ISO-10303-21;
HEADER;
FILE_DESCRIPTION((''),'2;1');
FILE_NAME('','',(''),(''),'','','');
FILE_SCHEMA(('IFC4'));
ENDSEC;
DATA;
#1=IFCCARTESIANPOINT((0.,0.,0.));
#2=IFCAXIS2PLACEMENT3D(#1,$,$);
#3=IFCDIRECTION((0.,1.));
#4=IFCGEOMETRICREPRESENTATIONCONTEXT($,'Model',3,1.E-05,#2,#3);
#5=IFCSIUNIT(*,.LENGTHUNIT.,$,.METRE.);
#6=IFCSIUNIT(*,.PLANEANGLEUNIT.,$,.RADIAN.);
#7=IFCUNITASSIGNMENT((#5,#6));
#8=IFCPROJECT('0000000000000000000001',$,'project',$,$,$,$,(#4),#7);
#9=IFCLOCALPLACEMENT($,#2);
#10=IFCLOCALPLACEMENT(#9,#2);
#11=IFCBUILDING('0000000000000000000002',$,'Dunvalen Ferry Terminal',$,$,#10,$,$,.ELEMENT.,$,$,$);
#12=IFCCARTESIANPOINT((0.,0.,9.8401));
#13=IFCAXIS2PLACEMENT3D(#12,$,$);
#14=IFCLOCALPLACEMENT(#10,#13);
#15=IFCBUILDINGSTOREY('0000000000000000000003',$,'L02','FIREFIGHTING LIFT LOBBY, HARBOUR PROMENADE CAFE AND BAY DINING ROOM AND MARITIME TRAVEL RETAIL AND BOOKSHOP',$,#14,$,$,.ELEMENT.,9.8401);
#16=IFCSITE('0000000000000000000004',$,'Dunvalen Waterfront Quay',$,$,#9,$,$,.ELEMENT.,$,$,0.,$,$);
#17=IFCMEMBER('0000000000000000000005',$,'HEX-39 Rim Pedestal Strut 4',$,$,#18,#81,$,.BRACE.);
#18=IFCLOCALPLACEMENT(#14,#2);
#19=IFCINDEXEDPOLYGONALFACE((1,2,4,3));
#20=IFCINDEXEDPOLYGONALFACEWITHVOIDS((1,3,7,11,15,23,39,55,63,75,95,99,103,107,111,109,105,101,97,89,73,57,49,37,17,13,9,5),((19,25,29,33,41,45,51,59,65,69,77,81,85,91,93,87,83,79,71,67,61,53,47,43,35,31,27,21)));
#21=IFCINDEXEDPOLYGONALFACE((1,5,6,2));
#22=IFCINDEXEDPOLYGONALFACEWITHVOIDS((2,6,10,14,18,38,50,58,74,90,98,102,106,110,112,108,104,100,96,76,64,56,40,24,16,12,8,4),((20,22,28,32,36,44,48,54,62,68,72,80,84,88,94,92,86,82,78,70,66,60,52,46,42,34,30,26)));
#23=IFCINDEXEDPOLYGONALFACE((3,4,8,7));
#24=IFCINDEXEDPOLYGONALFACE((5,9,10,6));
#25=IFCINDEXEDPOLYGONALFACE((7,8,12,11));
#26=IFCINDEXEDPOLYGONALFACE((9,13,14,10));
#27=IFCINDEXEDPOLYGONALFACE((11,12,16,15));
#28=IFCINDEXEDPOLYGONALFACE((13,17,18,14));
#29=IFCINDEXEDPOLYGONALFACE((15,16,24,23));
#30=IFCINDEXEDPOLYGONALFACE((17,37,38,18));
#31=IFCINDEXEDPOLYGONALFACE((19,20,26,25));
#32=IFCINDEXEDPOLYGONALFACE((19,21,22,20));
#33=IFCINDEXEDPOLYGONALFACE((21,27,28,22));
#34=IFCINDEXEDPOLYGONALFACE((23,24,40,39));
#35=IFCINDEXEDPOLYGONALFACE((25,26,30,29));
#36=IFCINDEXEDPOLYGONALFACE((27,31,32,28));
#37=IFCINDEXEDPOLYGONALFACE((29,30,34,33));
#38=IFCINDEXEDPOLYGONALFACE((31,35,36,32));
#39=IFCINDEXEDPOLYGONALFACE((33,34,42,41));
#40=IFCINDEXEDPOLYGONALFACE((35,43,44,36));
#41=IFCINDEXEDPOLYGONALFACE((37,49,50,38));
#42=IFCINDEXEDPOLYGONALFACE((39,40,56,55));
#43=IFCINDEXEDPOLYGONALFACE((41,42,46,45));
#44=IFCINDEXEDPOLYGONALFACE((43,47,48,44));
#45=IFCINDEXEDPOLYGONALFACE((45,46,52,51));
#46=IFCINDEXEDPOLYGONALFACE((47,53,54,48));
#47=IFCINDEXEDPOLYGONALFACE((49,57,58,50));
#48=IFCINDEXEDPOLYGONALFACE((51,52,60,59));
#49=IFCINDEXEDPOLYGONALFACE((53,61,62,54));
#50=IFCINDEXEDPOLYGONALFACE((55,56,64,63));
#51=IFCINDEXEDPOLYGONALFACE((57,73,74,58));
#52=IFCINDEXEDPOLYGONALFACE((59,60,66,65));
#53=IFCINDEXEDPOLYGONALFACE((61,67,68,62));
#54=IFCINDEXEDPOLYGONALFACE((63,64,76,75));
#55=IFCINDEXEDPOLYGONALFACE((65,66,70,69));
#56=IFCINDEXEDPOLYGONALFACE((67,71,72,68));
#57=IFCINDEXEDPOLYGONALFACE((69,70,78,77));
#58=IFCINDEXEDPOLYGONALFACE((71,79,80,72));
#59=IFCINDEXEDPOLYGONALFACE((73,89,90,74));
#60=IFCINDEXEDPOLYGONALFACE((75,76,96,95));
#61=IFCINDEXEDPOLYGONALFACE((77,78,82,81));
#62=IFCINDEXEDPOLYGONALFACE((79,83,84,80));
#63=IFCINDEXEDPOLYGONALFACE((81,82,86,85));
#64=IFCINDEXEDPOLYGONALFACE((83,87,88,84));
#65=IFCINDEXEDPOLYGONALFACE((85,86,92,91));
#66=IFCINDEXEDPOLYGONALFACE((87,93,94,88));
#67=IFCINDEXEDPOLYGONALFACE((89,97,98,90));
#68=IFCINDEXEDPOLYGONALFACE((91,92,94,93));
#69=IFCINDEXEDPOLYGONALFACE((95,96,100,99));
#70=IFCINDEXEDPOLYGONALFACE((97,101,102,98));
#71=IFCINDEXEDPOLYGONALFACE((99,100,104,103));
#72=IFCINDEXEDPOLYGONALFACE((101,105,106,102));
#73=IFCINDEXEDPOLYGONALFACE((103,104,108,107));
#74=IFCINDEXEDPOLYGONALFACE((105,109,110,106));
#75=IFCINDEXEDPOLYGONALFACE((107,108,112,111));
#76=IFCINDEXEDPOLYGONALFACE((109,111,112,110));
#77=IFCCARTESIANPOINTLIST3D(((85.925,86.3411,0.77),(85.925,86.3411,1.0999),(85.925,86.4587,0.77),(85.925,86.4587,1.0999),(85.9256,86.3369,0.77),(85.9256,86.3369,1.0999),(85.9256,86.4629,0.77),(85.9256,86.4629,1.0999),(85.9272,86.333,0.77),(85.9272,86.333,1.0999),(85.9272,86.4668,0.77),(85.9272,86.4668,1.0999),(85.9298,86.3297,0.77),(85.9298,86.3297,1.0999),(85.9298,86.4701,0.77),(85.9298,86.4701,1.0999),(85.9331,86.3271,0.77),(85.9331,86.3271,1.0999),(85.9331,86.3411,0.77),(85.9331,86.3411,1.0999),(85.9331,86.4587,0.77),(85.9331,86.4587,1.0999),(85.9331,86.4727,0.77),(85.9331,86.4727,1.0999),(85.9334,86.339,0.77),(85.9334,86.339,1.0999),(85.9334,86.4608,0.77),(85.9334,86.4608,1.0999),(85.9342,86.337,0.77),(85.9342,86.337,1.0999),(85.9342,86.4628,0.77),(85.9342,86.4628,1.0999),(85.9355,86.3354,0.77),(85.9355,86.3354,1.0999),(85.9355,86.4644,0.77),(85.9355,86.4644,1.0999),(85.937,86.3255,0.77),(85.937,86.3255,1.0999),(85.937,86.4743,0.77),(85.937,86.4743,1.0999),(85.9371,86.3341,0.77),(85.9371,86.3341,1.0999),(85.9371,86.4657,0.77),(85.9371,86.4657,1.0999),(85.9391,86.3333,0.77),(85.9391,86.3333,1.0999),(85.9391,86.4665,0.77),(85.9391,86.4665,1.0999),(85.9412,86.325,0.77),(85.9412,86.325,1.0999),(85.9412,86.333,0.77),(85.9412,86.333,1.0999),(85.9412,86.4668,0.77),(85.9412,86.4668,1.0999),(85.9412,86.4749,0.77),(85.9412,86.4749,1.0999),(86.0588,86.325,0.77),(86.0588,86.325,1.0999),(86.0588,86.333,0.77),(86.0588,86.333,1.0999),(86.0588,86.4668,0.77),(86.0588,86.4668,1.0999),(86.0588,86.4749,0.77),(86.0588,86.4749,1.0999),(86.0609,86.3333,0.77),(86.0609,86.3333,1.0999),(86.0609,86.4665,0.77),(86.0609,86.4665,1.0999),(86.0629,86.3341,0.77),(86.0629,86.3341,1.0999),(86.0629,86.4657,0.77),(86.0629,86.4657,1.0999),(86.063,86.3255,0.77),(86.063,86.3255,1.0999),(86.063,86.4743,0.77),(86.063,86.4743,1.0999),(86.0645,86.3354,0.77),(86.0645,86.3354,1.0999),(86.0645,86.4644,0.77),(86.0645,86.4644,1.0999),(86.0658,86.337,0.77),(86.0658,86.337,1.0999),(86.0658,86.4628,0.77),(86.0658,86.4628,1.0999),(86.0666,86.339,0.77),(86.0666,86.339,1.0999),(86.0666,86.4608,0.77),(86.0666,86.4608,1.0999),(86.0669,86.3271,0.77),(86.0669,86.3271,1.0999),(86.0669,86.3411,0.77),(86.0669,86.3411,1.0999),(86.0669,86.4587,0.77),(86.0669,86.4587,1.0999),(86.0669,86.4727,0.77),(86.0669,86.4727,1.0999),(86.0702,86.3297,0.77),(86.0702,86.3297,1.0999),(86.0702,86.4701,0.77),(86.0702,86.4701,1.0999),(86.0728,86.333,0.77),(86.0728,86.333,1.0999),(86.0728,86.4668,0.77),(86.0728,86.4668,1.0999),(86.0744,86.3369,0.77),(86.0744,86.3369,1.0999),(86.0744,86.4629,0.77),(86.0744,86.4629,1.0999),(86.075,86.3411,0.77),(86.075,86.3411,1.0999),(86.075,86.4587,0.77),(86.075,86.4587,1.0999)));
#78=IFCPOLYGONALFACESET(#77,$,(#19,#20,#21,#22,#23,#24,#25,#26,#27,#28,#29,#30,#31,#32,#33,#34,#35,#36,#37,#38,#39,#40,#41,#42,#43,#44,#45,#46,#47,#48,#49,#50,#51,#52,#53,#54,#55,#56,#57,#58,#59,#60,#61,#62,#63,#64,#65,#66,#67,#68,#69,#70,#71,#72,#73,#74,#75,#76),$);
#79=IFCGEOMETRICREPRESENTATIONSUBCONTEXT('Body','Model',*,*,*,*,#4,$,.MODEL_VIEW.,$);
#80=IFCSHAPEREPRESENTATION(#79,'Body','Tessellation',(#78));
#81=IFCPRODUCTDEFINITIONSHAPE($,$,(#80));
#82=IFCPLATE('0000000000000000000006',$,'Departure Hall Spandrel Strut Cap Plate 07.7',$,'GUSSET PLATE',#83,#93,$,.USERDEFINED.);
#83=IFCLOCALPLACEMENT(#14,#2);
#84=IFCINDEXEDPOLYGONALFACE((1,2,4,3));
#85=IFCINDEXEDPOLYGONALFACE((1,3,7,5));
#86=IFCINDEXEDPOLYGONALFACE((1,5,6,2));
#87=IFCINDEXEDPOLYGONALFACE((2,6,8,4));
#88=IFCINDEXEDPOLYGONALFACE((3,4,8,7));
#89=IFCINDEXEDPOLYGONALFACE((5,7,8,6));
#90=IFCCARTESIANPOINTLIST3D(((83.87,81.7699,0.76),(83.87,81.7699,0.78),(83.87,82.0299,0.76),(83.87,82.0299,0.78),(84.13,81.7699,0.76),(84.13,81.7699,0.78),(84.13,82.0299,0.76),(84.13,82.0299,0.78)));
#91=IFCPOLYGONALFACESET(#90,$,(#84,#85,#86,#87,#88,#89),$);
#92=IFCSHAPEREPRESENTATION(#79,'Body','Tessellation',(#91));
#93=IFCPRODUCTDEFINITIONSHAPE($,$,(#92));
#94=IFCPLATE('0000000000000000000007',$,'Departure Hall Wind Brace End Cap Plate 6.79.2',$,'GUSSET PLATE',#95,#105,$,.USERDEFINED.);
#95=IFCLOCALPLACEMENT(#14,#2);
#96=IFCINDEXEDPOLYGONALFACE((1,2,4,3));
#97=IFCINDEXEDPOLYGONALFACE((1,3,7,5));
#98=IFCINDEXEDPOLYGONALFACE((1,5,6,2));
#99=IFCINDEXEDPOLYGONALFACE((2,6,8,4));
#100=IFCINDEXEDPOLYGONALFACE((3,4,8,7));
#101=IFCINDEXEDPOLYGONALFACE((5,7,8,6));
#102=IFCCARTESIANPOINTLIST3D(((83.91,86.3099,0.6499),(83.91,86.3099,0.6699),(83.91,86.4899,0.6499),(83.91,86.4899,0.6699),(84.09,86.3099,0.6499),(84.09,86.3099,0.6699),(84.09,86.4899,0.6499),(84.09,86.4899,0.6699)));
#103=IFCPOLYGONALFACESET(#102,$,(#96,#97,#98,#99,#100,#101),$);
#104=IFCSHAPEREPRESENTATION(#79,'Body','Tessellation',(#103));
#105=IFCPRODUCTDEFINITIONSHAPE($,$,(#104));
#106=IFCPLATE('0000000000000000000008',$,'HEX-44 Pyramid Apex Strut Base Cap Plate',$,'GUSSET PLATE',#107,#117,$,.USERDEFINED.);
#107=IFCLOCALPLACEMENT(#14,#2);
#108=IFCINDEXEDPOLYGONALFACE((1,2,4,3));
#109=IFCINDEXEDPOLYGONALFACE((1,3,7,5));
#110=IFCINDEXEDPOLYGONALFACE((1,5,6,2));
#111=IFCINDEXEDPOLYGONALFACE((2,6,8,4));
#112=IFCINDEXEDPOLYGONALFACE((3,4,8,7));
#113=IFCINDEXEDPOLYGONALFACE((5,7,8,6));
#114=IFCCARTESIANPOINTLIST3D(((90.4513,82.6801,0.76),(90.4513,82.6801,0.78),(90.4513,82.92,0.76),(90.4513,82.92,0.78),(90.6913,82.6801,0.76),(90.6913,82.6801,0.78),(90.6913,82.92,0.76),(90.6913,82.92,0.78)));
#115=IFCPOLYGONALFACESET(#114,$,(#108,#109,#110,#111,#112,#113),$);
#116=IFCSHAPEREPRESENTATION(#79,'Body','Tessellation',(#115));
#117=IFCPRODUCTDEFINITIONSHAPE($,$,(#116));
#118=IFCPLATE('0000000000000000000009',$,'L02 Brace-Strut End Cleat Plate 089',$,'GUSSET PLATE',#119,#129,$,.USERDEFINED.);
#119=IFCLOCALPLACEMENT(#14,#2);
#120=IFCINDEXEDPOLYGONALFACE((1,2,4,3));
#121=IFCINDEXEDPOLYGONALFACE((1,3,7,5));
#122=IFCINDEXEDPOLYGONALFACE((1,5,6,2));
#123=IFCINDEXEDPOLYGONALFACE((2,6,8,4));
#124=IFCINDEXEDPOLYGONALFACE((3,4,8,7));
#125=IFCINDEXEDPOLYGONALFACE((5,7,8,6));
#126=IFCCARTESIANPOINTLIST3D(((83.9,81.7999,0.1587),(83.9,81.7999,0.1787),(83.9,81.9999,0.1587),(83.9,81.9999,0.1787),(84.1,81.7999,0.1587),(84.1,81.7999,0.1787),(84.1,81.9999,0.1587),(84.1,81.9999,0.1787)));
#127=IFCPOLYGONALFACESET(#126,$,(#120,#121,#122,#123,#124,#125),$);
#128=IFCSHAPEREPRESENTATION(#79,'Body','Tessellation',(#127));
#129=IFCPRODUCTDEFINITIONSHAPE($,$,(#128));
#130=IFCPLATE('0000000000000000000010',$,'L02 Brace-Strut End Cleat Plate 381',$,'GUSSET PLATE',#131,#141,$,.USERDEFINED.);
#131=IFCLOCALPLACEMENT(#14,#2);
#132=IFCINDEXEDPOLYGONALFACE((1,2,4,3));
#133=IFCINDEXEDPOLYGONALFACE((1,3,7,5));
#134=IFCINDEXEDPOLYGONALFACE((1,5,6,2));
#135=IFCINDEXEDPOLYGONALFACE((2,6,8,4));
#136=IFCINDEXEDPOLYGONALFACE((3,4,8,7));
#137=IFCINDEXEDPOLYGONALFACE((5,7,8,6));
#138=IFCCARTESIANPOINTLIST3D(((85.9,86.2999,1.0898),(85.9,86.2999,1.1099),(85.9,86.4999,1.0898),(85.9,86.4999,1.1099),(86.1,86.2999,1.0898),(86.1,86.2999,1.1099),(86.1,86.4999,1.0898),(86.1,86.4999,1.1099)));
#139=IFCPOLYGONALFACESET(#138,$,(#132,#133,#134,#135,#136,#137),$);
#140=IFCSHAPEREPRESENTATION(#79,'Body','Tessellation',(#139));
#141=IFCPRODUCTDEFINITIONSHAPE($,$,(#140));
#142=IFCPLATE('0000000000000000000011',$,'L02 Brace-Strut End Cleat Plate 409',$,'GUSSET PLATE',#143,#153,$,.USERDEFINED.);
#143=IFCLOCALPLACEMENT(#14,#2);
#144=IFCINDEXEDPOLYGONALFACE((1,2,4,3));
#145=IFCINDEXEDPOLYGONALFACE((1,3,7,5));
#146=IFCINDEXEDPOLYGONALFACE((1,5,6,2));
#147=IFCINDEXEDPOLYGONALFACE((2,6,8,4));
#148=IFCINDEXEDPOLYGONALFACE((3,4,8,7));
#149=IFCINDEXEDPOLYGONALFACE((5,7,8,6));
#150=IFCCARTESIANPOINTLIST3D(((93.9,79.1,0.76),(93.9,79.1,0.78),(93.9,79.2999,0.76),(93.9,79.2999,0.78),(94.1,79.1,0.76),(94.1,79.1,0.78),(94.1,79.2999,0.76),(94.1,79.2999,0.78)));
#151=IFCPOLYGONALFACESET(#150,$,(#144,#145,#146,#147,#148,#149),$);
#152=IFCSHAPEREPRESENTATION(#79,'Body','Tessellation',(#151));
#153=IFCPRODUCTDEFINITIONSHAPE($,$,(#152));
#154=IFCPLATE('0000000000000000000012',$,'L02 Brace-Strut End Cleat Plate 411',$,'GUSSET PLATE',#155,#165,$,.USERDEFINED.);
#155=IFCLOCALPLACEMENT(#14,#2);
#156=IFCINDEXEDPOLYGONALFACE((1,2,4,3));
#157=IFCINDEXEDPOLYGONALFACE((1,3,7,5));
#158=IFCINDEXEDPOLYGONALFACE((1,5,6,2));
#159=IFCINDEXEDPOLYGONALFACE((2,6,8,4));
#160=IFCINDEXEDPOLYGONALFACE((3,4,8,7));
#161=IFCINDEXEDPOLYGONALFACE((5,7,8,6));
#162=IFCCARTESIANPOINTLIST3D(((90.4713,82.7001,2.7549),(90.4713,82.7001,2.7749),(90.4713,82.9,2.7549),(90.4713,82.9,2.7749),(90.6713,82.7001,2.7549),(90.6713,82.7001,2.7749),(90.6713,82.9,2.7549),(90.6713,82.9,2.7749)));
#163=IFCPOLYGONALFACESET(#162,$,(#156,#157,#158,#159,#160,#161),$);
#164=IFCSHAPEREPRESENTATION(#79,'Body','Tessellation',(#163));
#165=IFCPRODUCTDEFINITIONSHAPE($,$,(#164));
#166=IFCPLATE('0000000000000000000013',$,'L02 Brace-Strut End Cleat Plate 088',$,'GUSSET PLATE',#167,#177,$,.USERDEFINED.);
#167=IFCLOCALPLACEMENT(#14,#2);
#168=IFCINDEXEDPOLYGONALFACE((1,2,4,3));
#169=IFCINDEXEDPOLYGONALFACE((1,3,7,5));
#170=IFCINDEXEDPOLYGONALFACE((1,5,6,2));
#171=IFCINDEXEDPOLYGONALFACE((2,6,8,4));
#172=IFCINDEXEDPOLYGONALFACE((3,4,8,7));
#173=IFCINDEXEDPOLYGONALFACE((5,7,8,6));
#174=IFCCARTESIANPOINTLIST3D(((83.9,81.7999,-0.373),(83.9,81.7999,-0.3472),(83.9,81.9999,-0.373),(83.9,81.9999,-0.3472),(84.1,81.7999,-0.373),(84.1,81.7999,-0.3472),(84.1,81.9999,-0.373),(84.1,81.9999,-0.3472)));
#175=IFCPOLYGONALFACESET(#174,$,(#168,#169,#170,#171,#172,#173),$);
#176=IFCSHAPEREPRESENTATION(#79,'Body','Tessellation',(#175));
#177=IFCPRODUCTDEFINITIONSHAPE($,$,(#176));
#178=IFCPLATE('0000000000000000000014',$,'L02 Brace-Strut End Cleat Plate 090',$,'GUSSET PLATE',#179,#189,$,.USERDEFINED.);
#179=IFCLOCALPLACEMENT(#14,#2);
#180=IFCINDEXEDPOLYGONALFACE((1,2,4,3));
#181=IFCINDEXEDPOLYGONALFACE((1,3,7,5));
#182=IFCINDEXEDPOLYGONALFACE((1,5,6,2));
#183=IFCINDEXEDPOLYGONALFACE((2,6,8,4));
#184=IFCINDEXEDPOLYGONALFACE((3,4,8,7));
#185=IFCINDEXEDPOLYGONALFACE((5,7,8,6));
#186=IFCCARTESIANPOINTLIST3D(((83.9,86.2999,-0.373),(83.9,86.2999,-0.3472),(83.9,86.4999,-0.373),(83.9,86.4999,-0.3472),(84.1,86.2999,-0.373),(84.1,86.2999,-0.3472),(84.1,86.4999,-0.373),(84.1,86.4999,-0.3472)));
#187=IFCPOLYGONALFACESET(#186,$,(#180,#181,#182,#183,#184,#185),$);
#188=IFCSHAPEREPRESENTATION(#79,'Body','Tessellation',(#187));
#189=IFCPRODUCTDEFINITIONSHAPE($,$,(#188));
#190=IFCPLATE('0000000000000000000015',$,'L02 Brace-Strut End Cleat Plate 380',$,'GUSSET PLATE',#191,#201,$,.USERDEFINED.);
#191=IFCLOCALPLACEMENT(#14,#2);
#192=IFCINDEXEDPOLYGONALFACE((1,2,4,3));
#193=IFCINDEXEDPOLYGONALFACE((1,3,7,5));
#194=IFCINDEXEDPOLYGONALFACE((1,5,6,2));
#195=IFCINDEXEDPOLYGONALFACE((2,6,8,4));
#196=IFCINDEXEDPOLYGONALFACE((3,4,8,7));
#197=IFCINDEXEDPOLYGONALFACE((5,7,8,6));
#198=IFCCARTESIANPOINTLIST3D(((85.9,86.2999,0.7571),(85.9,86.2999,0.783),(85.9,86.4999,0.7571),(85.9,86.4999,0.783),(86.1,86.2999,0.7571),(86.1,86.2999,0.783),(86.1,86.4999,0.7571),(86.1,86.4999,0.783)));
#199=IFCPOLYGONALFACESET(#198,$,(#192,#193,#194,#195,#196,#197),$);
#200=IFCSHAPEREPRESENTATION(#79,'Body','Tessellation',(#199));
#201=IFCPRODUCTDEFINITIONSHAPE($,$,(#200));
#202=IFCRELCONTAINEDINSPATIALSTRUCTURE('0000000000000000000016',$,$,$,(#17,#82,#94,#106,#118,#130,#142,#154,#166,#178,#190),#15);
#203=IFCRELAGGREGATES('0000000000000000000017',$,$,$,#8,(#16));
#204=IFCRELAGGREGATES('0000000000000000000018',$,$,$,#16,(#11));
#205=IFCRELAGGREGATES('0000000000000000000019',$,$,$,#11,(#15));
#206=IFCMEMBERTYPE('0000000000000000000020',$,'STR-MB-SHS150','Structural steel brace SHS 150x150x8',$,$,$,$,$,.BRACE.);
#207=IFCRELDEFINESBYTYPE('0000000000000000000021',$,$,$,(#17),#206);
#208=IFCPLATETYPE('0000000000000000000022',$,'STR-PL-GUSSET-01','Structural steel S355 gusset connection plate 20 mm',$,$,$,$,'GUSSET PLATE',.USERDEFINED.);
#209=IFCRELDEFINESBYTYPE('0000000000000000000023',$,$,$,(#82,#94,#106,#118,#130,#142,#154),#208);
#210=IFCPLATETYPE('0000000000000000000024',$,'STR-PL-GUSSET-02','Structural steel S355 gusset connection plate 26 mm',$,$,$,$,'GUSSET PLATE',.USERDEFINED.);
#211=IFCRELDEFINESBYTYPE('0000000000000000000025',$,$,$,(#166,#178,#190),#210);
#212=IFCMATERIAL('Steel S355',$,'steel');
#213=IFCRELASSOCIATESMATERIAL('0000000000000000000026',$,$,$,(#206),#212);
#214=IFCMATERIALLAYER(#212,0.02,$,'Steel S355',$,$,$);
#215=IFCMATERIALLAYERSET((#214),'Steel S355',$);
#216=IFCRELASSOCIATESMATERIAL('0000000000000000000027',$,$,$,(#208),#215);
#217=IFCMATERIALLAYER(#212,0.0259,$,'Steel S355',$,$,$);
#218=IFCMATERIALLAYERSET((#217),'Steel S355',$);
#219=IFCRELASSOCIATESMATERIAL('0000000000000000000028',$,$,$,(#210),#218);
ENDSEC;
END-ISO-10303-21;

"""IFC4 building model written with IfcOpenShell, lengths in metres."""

from ifc_helpers import new_model, si_unit, direction, frame, origin, origin_2d, place, context, subcontext, project, spatial, rectangle, hollow_rectangle, extrude, material, layer, layer_set, material_profile, profile_set, type_object, element, save


model = new_model("IFC4")

# Units and contexts
model_context = context("Model", 3, precision=1e-05, world=origin(), true_north=direction((0.0, 1.0)))
body_context = subcontext(model_context, "Body", "Model", "MODEL_VIEW")
ifc_project = project(units=[si_unit("LENGTHUNIT", "METRE"), si_unit("PLANEANGLEUNIT", "RADIAN")], contexts=[model_context])

# Site, building, storey
site_placement = place(None, origin())
site = spatial("IfcSite", under=ifc_project, at=site_placement, Name="Dunvalen Waterfront Quay", CompositionType="ELEMENT", RefElevation=0.0)
building_placement = place(site_placement, origin())
building = spatial("IfcBuilding", under=site, at=building_placement, Name="Dunvalen Ferry Terminal", CompositionType="ELEMENT")
storey_placement = place(building_placement, frame((0.0, 0.0, 9.8401)))
storey = spatial("IfcBuildingStorey", under=building, at=storey_placement, Name="L02", Description="FIREFIGHTING LIFT LOBBY, HARBOUR PROMENADE CAFE AND BAY DINING ROOM AND MARITIME TRAVEL RETAIL AND BOOKSHOP", CompositionType="ELEMENT", Elevation=9.8401)

# Shared definitions
ifc_material_1 = material(Name="Steel S355", Category="steel")

# Member
ifc_material_profile_1 = material_profile(ifc_material_1, hollow_rectangle(XDim=0.1499, YDim=0.1499, WallThickness=0.0081, InnerFilletRadius=0.0081, OuterFilletRadius=0.0161, at=origin_2d()), Name="Steel S355")
ifc_profile_set_1 = profile_set([ifc_material_profile_1], Name="Steel S355")
member_type_1 = type_object("IfcMemberType", Name="STR-MB-SHS150", Description="Structural steel brace SHS 150x150x8", PredefinedType="BRACE", material=ifc_profile_set_1)
member_1_placement = place(storey_placement, frame((86.0, 86.3999, 0.77), z_axis=(0.0, 0.0, 1.0), x_axis=(1.0, 0.0, 0.0)))
element("IfcMember", 1, at=member_1_placement, inside=storey, type_object=member_type_1, Name="HEX-39 Rim Pedestal Strut 4", PredefinedType="BRACE", context=body_context, shape_type="SweptSolid", body=[
    extrude(hollow_rectangle(XDim=0.1499, YDim=0.1499, WallThickness=0.0081, InnerFilletRadius=0.0081, OuterFilletRadius=0.0161, at=origin_2d()), origin(), (0.0, 0.0, 1.0), 0.3298),
])

# Plates
ifc_layer_1 = layer(ifc_material_1, 0.02, Name="Steel S355")
ifc_layer_set_1 = layer_set([ifc_layer_1], Name="Steel S355")
plate_type_1 = type_object("IfcPlateType", Name="STR-PL-GUSSET-01", Description="Structural steel S355 gusset connection plate 20 mm", ElementType="GUSSET PLATE", PredefinedType="USERDEFINED", material=ifc_layer_set_1)
plate_1_placement = place(storey_placement, frame((84.0, 81.8999, 0.76), z_axis=(0.0, 0.0, 1.0), x_axis=(1.0, 0.0, 0.0)))
element("IfcPlate", 2, at=plate_1_placement, inside=storey, type_object=plate_type_1, Name="Departure Hall Spandrel Strut Cap Plate 07.7", ObjectType="GUSSET PLATE", PredefinedType="USERDEFINED", context=body_context, shape_type="SweptSolid", body=[
    extrude(rectangle(XDim=0.26, YDim=0.26, at=origin_2d()), origin(), (0.0, 0.0, 1.0), 0.02),
])
plate_2_placement = place(storey_placement, frame((84.0, 86.3999, 0.6499), z_axis=(0.0, 0.0, 1.0), x_axis=(1.0, 0.0, 0.0)))
element("IfcPlate", 3, at=plate_2_placement, inside=storey, type_object=plate_type_1, Name="Departure Hall Wind Brace End Cap Plate 6.79.2", ObjectType="GUSSET PLATE", PredefinedType="USERDEFINED", context=body_context, shape_type="SweptSolid", body=[
    extrude(rectangle(XDim=0.1799, YDim=0.1799, at=origin_2d()), origin(), (0.0, 0.0, 1.0), 0.02),
])
plate_3_placement = place(storey_placement, frame((90.5713, 82.8, 0.76), z_axis=(0.0, 0.0, 1.0), x_axis=(1.0, 0.0, 0.0)))
element("IfcPlate", 4, at=plate_3_placement, inside=storey, type_object=plate_type_1, Name="HEX-44 Pyramid Apex Strut Base Cap Plate", ObjectType="GUSSET PLATE", PredefinedType="USERDEFINED", context=body_context, shape_type="SweptSolid", body=[
    extrude(rectangle(XDim=0.24, YDim=0.24, at=origin_2d()), origin(), (0.0, 0.0, 1.0), 0.02),
])
for number, where, z_axis, x_axis, name in (
    (5, (84.0, 81.8999, 0.1587), (0.0, 0.0, 1.0), (1.0, 0.0, 0.0), "L02 Brace-Strut End Cleat Plate 089"),
    (6, (86.0, 86.3999, 1.0898), (0.0, 0.0, 1.0), (1.0, 0.0, 0.0), "L02 Brace-Strut End Cleat Plate 381"),
    (7, (94.0, 79.2, 0.76), (0.0, 0.0, 1.0), (1.0, 0.0, 0.0), "L02 Brace-Strut End Cleat Plate 409"),
    (8, (90.5713, 82.8, 2.7549), (0.0, 0.0, 1.0), (1.0, 0.0, 0.0), "L02 Brace-Strut End Cleat Plate 411"),
):
    element("IfcPlate", number, at=place(storey_placement, frame(where, z_axis=z_axis, x_axis=x_axis)), inside=storey, type_object=plate_type_1, Name=name, ObjectType="GUSSET PLATE", PredefinedType="USERDEFINED", context=body_context, shape_type="SweptSolid", body=[
        extrude(rectangle(XDim=0.2, YDim=0.2, at=origin_2d()), origin(), (0.0, 0.0, 1.0), 0.02),
    ])
ifc_layer_2 = layer(ifc_material_1, 0.0259, Name="Steel S355")
ifc_layer_set_2 = layer_set([ifc_layer_2], Name="Steel S355")
plate_type_2 = type_object("IfcPlateType", Name="STR-PL-GUSSET-02", Description="Structural steel S355 gusset connection plate 26 mm", ElementType="GUSSET PLATE", PredefinedType="USERDEFINED", material=ifc_layer_set_2)
for number, where, z_axis, x_axis, name in (
    (9, (84.0, 81.8999, -0.373), (0.0, 0.0, 1.0), (1.0, 0.0, 0.0), "L02 Brace-Strut End Cleat Plate 088"),
    (10, (84.0, 86.3999, -0.373), (0.0, 0.0, 1.0), (1.0, 0.0, 0.0), "L02 Brace-Strut End Cleat Plate 090"),
    (11, (86.0, 86.3999, 0.7571), (0.0, 0.0, 1.0), (1.0, 0.0, 0.0), "L02 Brace-Strut End Cleat Plate 380"),
):
    element("IfcPlate", number, at=place(storey_placement, frame(where, z_axis=z_axis, x_axis=x_axis)), inside=storey, type_object=plate_type_2, Name=name, ObjectType="GUSSET PLATE", PredefinedType="USERDEFINED", context=body_context, shape_type="SweptSolid", body=[
        extrude(rectangle(XDim=0.2, YDim=0.2, at=origin_2d()), origin(), (0.0, 0.0, 1.0), 0.0259),
    ])

save(model, "model.ifc")
